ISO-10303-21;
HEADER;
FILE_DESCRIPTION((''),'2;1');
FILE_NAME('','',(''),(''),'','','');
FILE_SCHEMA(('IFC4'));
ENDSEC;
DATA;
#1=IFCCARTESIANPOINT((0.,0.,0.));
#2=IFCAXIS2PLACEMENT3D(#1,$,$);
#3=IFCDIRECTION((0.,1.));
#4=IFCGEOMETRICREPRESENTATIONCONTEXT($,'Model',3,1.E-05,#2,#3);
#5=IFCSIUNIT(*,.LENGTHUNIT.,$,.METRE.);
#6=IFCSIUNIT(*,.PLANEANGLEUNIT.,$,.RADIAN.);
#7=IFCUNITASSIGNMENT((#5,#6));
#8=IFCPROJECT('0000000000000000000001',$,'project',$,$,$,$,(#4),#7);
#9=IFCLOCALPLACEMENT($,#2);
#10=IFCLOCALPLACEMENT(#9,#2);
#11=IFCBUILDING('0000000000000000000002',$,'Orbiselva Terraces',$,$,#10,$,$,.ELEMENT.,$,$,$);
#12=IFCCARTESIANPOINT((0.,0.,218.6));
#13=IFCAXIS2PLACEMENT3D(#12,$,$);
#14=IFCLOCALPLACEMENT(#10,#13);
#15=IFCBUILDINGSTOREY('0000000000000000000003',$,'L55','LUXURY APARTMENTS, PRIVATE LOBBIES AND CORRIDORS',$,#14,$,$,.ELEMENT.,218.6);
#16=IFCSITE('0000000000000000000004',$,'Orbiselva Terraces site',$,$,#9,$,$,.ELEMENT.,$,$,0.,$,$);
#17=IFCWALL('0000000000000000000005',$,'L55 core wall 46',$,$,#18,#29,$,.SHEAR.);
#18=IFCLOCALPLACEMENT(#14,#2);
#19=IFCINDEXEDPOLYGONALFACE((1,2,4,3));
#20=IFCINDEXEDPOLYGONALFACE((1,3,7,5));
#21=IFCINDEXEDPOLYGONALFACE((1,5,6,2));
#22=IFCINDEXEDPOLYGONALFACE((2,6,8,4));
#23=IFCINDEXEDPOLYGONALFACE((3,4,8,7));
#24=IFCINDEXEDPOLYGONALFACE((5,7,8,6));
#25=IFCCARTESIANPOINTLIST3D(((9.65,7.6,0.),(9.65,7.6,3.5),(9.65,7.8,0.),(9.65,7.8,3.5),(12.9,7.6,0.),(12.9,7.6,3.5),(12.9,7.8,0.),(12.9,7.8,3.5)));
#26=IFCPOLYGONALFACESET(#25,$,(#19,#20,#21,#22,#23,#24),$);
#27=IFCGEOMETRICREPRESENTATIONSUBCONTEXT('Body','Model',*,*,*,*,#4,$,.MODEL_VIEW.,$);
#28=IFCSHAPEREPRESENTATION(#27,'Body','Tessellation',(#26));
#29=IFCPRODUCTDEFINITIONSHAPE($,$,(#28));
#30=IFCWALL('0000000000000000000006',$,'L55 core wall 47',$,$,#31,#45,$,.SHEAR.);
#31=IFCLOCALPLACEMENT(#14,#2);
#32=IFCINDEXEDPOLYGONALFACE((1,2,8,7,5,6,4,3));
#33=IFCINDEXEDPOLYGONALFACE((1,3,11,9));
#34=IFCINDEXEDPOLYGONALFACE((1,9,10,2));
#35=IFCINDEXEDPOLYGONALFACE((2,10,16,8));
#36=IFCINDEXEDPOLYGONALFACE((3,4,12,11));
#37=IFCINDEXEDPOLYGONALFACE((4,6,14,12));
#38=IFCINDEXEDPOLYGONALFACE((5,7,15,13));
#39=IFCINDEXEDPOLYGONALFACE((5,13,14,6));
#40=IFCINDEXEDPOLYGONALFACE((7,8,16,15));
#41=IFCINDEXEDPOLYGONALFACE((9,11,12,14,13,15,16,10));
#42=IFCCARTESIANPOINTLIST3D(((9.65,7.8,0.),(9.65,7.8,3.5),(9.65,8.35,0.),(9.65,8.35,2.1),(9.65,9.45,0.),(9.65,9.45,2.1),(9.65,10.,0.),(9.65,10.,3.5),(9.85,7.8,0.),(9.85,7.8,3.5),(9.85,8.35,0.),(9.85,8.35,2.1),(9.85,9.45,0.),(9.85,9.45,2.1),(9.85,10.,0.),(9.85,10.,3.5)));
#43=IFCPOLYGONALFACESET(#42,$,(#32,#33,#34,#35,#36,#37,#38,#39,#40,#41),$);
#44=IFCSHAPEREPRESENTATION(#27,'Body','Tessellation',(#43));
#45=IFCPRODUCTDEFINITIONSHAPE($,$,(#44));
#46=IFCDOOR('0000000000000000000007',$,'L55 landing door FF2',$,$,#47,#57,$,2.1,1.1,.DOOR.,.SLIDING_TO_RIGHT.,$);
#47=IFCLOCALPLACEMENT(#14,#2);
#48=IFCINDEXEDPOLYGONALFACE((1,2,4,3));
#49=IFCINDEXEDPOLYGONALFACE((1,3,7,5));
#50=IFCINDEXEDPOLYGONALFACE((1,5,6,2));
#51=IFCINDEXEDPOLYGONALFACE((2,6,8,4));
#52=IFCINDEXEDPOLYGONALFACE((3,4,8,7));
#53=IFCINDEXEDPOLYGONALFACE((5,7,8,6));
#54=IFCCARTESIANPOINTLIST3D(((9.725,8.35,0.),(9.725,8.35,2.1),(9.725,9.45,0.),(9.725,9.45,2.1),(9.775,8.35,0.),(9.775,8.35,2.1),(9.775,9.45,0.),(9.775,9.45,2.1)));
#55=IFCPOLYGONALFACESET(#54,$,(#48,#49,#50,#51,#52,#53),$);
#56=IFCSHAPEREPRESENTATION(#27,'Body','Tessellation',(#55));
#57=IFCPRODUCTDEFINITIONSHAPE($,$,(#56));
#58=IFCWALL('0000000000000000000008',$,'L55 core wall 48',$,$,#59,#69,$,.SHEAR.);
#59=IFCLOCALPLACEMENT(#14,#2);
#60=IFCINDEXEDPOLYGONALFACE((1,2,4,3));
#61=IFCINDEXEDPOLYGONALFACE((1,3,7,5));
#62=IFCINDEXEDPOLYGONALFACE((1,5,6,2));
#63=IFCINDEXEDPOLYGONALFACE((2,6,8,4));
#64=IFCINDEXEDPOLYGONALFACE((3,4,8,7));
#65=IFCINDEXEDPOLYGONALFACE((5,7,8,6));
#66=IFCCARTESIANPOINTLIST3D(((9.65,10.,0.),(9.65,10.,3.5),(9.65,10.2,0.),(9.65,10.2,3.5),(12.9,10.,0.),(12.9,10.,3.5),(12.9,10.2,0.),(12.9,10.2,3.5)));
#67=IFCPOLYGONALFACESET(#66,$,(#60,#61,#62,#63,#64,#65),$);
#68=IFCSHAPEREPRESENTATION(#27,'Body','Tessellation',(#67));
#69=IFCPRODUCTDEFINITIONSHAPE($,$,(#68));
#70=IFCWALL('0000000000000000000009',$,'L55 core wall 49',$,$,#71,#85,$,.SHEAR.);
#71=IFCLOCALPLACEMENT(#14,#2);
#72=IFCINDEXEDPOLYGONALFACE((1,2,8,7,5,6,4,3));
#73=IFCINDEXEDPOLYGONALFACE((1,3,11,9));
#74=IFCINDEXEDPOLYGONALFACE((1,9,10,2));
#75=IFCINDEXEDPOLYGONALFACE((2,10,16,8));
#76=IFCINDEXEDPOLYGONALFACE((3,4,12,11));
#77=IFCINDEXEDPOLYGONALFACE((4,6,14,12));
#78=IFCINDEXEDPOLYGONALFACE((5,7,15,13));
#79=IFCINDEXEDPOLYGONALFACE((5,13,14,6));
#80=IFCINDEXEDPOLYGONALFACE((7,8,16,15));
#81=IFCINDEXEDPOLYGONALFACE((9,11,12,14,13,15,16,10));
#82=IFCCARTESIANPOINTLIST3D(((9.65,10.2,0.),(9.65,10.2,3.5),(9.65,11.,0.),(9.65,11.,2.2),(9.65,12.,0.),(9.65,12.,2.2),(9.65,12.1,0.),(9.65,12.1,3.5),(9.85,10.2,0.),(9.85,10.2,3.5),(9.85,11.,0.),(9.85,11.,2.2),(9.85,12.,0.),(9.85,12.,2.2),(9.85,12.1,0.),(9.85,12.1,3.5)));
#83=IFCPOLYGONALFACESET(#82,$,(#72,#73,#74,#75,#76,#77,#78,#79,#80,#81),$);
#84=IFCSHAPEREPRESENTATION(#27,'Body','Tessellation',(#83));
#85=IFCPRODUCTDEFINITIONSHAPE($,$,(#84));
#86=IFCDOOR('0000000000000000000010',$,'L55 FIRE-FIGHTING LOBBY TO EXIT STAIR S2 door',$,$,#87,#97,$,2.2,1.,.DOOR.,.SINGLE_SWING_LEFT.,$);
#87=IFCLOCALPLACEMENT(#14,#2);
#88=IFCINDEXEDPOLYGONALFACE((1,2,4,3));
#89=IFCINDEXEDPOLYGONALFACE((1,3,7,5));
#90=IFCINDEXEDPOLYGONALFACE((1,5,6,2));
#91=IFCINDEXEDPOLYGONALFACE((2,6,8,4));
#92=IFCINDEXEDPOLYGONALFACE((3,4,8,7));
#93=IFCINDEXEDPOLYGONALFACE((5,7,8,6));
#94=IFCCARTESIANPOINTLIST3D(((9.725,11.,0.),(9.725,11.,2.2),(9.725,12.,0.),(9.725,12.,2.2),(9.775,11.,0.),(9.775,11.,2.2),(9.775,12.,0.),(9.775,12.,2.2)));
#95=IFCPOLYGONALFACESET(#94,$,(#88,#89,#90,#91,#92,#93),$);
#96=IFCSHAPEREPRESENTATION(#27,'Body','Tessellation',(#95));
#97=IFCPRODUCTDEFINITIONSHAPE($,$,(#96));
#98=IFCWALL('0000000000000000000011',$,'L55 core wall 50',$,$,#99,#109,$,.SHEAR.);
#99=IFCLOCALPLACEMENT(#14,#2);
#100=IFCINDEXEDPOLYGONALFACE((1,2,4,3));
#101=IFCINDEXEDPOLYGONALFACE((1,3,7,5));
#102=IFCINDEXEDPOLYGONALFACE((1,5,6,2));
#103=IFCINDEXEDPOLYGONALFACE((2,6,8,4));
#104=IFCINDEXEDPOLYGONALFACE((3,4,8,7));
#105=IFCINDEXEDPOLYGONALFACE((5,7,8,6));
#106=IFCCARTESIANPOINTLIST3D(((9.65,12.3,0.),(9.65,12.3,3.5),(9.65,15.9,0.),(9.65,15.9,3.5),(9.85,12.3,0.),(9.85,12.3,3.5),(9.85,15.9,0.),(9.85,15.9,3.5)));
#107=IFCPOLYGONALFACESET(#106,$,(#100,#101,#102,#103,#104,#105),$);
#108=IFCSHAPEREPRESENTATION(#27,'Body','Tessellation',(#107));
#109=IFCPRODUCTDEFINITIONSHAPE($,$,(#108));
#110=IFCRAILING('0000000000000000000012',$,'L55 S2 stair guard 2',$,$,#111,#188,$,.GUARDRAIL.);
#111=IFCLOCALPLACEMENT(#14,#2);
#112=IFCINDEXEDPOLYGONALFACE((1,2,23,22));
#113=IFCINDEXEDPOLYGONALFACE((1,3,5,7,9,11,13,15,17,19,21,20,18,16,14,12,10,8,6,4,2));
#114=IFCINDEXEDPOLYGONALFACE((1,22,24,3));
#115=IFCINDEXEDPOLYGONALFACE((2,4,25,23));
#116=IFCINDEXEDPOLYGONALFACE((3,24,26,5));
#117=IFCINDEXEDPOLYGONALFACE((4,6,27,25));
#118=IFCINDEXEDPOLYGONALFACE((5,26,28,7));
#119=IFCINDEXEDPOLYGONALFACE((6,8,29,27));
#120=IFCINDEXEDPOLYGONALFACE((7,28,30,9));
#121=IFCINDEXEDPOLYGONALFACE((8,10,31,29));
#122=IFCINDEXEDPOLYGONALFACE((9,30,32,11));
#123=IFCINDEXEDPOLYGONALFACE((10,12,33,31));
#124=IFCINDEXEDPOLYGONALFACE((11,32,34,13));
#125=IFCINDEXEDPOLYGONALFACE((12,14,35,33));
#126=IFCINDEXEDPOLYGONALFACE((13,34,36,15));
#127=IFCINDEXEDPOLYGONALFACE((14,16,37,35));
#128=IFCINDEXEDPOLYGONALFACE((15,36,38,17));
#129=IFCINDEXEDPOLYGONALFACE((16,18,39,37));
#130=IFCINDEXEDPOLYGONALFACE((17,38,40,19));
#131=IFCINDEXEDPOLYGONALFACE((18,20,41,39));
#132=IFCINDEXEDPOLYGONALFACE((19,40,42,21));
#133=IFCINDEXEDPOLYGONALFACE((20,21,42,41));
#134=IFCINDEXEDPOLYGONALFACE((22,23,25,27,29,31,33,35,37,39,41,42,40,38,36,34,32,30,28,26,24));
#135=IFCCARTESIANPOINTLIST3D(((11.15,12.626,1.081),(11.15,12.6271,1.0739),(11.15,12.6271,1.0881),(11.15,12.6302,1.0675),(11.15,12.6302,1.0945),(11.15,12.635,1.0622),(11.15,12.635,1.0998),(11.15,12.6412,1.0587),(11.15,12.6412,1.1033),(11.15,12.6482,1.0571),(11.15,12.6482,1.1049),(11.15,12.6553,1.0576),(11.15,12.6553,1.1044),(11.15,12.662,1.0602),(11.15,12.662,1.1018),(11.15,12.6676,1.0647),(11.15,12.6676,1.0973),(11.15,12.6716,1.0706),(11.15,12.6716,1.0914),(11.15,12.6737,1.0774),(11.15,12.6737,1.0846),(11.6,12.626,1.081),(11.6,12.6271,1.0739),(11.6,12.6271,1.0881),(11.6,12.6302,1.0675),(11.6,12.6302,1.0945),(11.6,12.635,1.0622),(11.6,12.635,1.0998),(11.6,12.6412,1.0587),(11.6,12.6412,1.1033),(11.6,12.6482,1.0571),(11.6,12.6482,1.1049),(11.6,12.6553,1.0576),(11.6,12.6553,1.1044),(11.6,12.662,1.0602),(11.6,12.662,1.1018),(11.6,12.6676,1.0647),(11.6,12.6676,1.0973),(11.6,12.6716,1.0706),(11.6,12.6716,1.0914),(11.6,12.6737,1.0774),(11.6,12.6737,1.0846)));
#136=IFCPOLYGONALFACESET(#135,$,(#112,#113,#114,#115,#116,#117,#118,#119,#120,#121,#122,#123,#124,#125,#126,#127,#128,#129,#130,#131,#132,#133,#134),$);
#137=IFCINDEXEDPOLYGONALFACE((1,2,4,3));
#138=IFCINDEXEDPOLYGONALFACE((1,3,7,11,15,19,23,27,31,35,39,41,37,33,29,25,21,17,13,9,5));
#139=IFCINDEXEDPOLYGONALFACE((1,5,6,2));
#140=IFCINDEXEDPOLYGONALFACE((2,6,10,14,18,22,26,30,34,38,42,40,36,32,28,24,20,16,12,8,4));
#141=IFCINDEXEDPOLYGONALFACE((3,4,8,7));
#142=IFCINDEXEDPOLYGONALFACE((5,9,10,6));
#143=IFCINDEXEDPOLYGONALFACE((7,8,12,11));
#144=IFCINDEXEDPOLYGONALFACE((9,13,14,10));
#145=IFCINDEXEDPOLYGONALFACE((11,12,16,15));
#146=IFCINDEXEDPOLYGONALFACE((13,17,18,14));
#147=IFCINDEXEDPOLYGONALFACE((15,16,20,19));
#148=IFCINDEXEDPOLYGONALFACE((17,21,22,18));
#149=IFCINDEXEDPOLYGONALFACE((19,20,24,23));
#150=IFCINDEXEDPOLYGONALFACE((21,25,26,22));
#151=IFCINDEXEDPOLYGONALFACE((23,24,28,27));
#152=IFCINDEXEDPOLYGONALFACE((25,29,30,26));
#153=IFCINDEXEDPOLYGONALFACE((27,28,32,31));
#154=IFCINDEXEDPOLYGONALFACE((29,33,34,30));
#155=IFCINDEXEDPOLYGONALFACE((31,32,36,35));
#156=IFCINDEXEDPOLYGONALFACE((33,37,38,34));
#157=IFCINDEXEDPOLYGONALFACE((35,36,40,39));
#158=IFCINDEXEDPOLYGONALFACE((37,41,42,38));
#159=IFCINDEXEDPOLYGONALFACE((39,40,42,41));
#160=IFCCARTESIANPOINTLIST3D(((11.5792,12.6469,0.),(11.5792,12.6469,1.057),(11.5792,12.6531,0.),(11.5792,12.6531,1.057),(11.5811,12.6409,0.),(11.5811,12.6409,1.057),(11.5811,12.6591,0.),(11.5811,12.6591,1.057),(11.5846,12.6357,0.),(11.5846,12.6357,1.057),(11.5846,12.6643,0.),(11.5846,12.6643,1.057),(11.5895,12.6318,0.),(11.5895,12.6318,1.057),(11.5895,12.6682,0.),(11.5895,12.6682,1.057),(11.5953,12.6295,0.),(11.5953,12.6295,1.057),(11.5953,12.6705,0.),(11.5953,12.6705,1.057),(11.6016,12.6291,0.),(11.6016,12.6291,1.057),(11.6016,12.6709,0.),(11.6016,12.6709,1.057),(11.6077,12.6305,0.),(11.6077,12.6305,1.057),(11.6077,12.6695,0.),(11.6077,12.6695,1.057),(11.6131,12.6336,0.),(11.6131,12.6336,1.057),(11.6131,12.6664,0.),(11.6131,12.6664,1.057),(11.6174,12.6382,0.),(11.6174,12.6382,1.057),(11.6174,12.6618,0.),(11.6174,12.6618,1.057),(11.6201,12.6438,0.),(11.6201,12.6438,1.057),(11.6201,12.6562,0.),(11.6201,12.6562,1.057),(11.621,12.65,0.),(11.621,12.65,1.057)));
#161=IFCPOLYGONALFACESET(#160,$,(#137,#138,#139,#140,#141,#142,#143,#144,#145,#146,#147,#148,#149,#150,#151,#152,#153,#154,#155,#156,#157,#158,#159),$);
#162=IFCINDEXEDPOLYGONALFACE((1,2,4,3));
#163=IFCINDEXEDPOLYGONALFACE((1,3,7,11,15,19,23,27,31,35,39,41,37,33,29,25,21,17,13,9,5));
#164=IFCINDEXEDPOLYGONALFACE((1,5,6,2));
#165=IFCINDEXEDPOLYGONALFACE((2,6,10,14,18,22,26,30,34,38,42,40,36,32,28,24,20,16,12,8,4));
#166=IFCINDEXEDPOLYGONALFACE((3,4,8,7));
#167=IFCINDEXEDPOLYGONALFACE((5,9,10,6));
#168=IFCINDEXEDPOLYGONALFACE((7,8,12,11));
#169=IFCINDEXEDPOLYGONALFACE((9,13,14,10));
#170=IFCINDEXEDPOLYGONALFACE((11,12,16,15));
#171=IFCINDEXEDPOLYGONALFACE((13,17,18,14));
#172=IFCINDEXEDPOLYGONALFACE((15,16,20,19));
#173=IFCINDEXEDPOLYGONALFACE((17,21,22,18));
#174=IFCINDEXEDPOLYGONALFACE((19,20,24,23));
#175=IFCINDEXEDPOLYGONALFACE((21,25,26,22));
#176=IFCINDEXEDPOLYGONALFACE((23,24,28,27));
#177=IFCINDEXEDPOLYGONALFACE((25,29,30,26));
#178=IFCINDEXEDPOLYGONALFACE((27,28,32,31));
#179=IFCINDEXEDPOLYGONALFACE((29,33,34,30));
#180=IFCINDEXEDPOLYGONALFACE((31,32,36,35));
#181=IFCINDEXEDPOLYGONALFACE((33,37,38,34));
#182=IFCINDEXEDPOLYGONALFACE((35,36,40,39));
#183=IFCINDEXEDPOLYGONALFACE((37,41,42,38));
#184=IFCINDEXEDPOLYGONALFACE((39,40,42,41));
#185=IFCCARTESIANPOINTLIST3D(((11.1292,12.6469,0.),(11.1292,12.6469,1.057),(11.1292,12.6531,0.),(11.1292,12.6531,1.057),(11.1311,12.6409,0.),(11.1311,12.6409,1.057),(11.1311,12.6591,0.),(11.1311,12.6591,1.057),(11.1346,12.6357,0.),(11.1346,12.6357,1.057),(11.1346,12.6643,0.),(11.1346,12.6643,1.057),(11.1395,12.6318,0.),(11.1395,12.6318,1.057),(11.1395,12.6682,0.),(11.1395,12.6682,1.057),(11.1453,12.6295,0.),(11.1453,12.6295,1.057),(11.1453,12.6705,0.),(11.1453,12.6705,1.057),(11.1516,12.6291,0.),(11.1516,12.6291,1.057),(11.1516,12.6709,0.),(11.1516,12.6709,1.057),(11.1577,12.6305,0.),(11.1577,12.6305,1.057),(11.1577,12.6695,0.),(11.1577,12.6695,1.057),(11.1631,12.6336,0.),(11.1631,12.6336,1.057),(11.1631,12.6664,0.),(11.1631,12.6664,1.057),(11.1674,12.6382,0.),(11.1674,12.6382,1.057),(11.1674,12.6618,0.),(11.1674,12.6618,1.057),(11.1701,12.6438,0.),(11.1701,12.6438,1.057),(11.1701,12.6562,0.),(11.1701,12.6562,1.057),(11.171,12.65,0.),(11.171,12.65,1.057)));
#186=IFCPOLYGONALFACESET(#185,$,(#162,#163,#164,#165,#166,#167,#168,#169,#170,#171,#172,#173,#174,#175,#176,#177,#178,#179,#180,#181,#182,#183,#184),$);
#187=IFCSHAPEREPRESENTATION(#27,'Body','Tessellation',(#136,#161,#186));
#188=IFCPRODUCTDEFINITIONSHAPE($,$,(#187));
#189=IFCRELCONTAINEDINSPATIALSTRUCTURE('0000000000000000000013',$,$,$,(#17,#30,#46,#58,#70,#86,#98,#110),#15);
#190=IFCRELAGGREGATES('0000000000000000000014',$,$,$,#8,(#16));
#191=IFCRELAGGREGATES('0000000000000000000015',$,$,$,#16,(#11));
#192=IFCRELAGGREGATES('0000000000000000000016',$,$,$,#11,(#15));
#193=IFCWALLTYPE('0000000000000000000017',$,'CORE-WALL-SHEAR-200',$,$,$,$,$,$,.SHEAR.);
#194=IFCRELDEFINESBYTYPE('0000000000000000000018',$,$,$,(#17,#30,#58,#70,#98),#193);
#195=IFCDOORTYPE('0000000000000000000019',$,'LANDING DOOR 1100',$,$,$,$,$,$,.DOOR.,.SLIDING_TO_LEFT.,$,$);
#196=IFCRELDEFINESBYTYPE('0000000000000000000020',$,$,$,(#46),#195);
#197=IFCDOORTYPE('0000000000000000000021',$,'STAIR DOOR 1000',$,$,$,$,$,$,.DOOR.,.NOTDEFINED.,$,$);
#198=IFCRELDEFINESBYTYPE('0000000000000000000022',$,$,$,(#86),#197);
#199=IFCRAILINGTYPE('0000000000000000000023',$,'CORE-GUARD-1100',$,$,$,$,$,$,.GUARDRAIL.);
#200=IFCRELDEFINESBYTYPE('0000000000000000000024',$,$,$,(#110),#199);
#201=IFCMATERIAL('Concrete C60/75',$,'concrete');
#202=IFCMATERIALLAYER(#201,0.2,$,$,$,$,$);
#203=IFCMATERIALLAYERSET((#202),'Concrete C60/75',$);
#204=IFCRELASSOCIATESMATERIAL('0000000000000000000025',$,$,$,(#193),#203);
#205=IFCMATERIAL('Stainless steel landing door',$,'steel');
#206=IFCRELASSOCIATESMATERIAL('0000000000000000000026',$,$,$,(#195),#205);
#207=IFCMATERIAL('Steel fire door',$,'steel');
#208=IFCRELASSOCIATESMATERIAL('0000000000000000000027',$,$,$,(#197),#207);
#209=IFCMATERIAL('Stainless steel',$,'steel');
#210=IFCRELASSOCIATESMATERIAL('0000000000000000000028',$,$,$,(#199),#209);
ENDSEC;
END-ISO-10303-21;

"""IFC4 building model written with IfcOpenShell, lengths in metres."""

from ifc_helpers import new_model, si_unit, direction, frame, frame_2d, origin, origin_2d, place, context, subcontext, project, spatial, rectangle, circle, extrude, material, layer, layer_set, type_object, element, fill, save


model = new_model("IFC4")

# Units and contexts
model_context = context("Model", 3, precision=1e-05, world=origin(), true_north=direction((0.0, 1.0)))
body_context = subcontext(model_context, "Body", "Model", "MODEL_VIEW")
ifc_project = project(units=[si_unit("LENGTHUNIT", "METRE"), si_unit("PLANEANGLEUNIT", "RADIAN")], contexts=[model_context])

# Site, building, storey
site_placement = place(None, origin())
site = spatial("IfcSite", under=ifc_project, at=site_placement, Name="Orbiselva Terraces site", CompositionType="ELEMENT", RefElevation=0.0)
building_placement = place(site_placement, origin())
building = spatial("IfcBuilding", under=site, at=building_placement, Name="Orbiselva Terraces", CompositionType="ELEMENT")
storey_placement = place(building_placement, frame((0.0, 0.0, 218.6)))
storey = spatial("IfcBuildingStorey", under=building, at=storey_placement, Name="L55", Description="LUXURY APARTMENTS, PRIVATE LOBBIES AND CORRIDORS", CompositionType="ELEMENT", Elevation=218.6)

# Shared definitions
ifc_material_1 = material(Name="Steel fire door", Category="steel")

# Shared definitions
ifc_material_2 = material(Name="Concrete C60/75", Category="concrete")
ifc_layer_1 = layer(ifc_material_2, 0.2)
ifc_layer_set_1 = layer_set([ifc_layer_1], Name="Concrete C60/75")
wall_type_1 = type_object("IfcWallType", Name="CORE-WALL-SHEAR-200", PredefinedType="SHEAR", material=ifc_layer_set_1)

# Shared definitions
ifc_material_3 = material(Name="Stainless steel landing door", Category="steel")
door_type_1 = type_object("IfcDoorType", Name="LANDING DOOR 1100", OperationType="SLIDING_TO_LEFT", PredefinedType="DOOR", material=ifc_material_3)

# Wall
wall_1_placement = place(storey_placement, frame((9.65, 7.7, 0.0), z_axis=(0.0, 0.0, 1.0), x_axis=(1.0, 0.0, 0.0)))
element("IfcWall", 1, at=wall_1_placement, inside=storey, type_object=wall_type_1, Name="L55 core wall 46", PredefinedType="SHEAR", context=body_context, shape_type="SweptSolid", body=[
    extrude(rectangle(XDim=3.25, YDim=0.2, at=frame_2d((1.625, 0.0))), origin(), (0.0, 0.0, 1.0), 3.5),
])

# Wall, opening, door
wall_2_placement = place(storey_placement, frame((9.75, 7.8, 0.0), z_axis=(0.0, 0.0, 1.0), x_axis=(0.0, 1.0, 0.0)))
wall_2 = element("IfcWall", 2, at=wall_2_placement, inside=storey, type_object=wall_type_1, Name="L55 core wall 47", PredefinedType="SHEAR", context=body_context, shape_type="SweptSolid", body=[
    extrude(rectangle(XDim=2.2, YDim=0.2, at=frame_2d((1.1, 0.0))), origin(), (0.0, 0.0, 1.0), 3.5),
])
opening_1_placement = place(wall_2_placement, frame((0.55, 0.0, 0.0)))
opening_1 = element("IfcOpeningElement", 3, at=opening_1_placement, cuts=wall_2, PredefinedType="OPENING", context=body_context, shape_type="SweptSolid", body=[
    extrude(rectangle(XDim=1.1, YDim=2.1, at=frame_2d((0.55, 1.05))), frame((0.0, 0.11, 0.0), z_axis=(0.0, -1.0, 0.0), x_axis=(1.0, 0.0, 0.0)), (0.0, 0.0, 1.0), 0.22),
])
door_1_placement = place(opening_1_placement, origin())
door_1 = element("IfcDoor", 4, at=door_1_placement, inside=storey, type_object=door_type_1, Name="L55 landing door FF2", OperationType="SLIDING_TO_RIGHT", OverallHeight=2.1, OverallWidth=1.1, PredefinedType="DOOR", context=body_context, shape_type="SweptSolid", body=[
    extrude(rectangle(XDim=1.1, YDim=2.1, at=frame_2d((0.55, 1.05))), frame((0.0, 0.025, 0.0), z_axis=(0.0, -1.0, 0.0), x_axis=(1.0, 0.0, 0.0)), (0.0, 0.0, 1.0), 0.05),
])
fill(opening_1, door_1)

# Wall
wall_3_placement = place(storey_placement, frame((9.65, 10.1, 0.0), z_axis=(0.0, 0.0, 1.0), x_axis=(1.0, 0.0, 0.0)))
element("IfcWall", 5, at=wall_3_placement, inside=storey, type_object=wall_type_1, Name="L55 core wall 48", PredefinedType="SHEAR", context=body_context, shape_type="SweptSolid", body=[
    extrude(rectangle(XDim=3.25, YDim=0.2, at=frame_2d((1.625, 0.0))), origin(), (0.0, 0.0, 1.0), 3.5),
])

# Wall, opening, door
wall_4_placement = place(storey_placement, frame((9.75, 12.1, 0.0), z_axis=(0.0, 0.0, 1.0), x_axis=(0.0, -1.0, 0.0)))
wall_4 = element("IfcWall", 6, at=wall_4_placement, inside=storey, type_object=wall_type_1, Name="L55 core wall 49", PredefinedType="SHEAR", context=body_context, shape_type="SweptSolid", body=[
    extrude(rectangle(XDim=1.9, YDim=0.2, at=frame_2d((0.95, 0.0))), origin(), (0.0, 0.0, 1.0), 3.5),
])
opening_2_placement = place(wall_4_placement, frame((0.1, 0.0, 0.0)))
opening_2 = element("IfcOpeningElement", 7, at=opening_2_placement, cuts=wall_4, PredefinedType="OPENING", context=body_context, shape_type="SweptSolid", body=[
    extrude(rectangle(XDim=1.0, YDim=2.2, at=frame_2d((0.5, 1.1))), frame((0.0, 0.11, 0.0), z_axis=(0.0, -1.0, 0.0), x_axis=(1.0, 0.0, 0.0)), (0.0, 0.0, 1.0), 0.22),
])
door_type_2 = type_object("IfcDoorType", Name="STAIR DOOR 1000", OperationType="NOTDEFINED", PredefinedType="DOOR", material=ifc_material_1)
door_2_placement = place(opening_2_placement, origin())
door_2 = element("IfcDoor", 8, at=door_2_placement, inside=storey, type_object=door_type_2, Name="L55 FIRE-FIGHTING LOBBY TO EXIT STAIR S2 door", OperationType="SINGLE_SWING_LEFT", OverallHeight=2.2, OverallWidth=1.0, PredefinedType="DOOR", context=body_context, shape_type="SweptSolid", body=[
    extrude(rectangle(XDim=1.0, YDim=2.2, at=frame_2d((0.5, 1.1))), frame((0.0, 0.025, 0.0), z_axis=(0.0, -1.0, 0.0), x_axis=(1.0, 0.0, 0.0)), (0.0, 0.0, 1.0), 0.05),
])
fill(opening_2, door_2)

# Wall
wall_5_placement = place(storey_placement, frame((9.75, 12.3, 0.0), z_axis=(0.0, 0.0, 1.0), x_axis=(0.0, 1.0, 0.0)))
element("IfcWall", 9, at=wall_5_placement, inside=storey, type_object=wall_type_1, Name="L55 core wall 50", PredefinedType="SHEAR", context=body_context, shape_type="SweptSolid", body=[
    extrude(rectangle(XDim=3.6, YDim=0.2, at=frame_2d((1.8, 0.0))), origin(), (0.0, 0.0, 1.0), 3.5),
])

# Railing
ifc_material_4 = material(Name="Stainless steel", Category="steel")
railing_type = type_object("IfcRailingType", Name="CORE-GUARD-1100", PredefinedType="GUARDRAIL", material=ifc_material_4)
railing_1_placement = place(storey_placement, frame((11.6, 12.65, 0.0)))
element("IfcRailing", 10, at=railing_1_placement, inside=storey, type_object=railing_type, Name="L55 S2 stair guard 2", PredefinedType="GUARDRAIL", context=body_context, shape_type="SweptSolid", body=[
    extrude(circle(Radius=0.024, at=origin_2d()), frame((0.0, 0.0, 1.081), z_axis=(-1.0, 0.0, 0.0), x_axis=(0.0, -1.0, 0.0)), (0.0, 0.0, 1.0), 0.45),
    extrude(circle(Radius=0.021, at=origin_2d()), origin(), (0.0, 0.0, 1.0), 1.057),
    extrude(circle(Radius=0.021, at=origin_2d()), frame((-0.45, 0.0, 0.0)), (0.0, 0.0, 1.0), 1.057),
])

save(model, "model.ifc")
